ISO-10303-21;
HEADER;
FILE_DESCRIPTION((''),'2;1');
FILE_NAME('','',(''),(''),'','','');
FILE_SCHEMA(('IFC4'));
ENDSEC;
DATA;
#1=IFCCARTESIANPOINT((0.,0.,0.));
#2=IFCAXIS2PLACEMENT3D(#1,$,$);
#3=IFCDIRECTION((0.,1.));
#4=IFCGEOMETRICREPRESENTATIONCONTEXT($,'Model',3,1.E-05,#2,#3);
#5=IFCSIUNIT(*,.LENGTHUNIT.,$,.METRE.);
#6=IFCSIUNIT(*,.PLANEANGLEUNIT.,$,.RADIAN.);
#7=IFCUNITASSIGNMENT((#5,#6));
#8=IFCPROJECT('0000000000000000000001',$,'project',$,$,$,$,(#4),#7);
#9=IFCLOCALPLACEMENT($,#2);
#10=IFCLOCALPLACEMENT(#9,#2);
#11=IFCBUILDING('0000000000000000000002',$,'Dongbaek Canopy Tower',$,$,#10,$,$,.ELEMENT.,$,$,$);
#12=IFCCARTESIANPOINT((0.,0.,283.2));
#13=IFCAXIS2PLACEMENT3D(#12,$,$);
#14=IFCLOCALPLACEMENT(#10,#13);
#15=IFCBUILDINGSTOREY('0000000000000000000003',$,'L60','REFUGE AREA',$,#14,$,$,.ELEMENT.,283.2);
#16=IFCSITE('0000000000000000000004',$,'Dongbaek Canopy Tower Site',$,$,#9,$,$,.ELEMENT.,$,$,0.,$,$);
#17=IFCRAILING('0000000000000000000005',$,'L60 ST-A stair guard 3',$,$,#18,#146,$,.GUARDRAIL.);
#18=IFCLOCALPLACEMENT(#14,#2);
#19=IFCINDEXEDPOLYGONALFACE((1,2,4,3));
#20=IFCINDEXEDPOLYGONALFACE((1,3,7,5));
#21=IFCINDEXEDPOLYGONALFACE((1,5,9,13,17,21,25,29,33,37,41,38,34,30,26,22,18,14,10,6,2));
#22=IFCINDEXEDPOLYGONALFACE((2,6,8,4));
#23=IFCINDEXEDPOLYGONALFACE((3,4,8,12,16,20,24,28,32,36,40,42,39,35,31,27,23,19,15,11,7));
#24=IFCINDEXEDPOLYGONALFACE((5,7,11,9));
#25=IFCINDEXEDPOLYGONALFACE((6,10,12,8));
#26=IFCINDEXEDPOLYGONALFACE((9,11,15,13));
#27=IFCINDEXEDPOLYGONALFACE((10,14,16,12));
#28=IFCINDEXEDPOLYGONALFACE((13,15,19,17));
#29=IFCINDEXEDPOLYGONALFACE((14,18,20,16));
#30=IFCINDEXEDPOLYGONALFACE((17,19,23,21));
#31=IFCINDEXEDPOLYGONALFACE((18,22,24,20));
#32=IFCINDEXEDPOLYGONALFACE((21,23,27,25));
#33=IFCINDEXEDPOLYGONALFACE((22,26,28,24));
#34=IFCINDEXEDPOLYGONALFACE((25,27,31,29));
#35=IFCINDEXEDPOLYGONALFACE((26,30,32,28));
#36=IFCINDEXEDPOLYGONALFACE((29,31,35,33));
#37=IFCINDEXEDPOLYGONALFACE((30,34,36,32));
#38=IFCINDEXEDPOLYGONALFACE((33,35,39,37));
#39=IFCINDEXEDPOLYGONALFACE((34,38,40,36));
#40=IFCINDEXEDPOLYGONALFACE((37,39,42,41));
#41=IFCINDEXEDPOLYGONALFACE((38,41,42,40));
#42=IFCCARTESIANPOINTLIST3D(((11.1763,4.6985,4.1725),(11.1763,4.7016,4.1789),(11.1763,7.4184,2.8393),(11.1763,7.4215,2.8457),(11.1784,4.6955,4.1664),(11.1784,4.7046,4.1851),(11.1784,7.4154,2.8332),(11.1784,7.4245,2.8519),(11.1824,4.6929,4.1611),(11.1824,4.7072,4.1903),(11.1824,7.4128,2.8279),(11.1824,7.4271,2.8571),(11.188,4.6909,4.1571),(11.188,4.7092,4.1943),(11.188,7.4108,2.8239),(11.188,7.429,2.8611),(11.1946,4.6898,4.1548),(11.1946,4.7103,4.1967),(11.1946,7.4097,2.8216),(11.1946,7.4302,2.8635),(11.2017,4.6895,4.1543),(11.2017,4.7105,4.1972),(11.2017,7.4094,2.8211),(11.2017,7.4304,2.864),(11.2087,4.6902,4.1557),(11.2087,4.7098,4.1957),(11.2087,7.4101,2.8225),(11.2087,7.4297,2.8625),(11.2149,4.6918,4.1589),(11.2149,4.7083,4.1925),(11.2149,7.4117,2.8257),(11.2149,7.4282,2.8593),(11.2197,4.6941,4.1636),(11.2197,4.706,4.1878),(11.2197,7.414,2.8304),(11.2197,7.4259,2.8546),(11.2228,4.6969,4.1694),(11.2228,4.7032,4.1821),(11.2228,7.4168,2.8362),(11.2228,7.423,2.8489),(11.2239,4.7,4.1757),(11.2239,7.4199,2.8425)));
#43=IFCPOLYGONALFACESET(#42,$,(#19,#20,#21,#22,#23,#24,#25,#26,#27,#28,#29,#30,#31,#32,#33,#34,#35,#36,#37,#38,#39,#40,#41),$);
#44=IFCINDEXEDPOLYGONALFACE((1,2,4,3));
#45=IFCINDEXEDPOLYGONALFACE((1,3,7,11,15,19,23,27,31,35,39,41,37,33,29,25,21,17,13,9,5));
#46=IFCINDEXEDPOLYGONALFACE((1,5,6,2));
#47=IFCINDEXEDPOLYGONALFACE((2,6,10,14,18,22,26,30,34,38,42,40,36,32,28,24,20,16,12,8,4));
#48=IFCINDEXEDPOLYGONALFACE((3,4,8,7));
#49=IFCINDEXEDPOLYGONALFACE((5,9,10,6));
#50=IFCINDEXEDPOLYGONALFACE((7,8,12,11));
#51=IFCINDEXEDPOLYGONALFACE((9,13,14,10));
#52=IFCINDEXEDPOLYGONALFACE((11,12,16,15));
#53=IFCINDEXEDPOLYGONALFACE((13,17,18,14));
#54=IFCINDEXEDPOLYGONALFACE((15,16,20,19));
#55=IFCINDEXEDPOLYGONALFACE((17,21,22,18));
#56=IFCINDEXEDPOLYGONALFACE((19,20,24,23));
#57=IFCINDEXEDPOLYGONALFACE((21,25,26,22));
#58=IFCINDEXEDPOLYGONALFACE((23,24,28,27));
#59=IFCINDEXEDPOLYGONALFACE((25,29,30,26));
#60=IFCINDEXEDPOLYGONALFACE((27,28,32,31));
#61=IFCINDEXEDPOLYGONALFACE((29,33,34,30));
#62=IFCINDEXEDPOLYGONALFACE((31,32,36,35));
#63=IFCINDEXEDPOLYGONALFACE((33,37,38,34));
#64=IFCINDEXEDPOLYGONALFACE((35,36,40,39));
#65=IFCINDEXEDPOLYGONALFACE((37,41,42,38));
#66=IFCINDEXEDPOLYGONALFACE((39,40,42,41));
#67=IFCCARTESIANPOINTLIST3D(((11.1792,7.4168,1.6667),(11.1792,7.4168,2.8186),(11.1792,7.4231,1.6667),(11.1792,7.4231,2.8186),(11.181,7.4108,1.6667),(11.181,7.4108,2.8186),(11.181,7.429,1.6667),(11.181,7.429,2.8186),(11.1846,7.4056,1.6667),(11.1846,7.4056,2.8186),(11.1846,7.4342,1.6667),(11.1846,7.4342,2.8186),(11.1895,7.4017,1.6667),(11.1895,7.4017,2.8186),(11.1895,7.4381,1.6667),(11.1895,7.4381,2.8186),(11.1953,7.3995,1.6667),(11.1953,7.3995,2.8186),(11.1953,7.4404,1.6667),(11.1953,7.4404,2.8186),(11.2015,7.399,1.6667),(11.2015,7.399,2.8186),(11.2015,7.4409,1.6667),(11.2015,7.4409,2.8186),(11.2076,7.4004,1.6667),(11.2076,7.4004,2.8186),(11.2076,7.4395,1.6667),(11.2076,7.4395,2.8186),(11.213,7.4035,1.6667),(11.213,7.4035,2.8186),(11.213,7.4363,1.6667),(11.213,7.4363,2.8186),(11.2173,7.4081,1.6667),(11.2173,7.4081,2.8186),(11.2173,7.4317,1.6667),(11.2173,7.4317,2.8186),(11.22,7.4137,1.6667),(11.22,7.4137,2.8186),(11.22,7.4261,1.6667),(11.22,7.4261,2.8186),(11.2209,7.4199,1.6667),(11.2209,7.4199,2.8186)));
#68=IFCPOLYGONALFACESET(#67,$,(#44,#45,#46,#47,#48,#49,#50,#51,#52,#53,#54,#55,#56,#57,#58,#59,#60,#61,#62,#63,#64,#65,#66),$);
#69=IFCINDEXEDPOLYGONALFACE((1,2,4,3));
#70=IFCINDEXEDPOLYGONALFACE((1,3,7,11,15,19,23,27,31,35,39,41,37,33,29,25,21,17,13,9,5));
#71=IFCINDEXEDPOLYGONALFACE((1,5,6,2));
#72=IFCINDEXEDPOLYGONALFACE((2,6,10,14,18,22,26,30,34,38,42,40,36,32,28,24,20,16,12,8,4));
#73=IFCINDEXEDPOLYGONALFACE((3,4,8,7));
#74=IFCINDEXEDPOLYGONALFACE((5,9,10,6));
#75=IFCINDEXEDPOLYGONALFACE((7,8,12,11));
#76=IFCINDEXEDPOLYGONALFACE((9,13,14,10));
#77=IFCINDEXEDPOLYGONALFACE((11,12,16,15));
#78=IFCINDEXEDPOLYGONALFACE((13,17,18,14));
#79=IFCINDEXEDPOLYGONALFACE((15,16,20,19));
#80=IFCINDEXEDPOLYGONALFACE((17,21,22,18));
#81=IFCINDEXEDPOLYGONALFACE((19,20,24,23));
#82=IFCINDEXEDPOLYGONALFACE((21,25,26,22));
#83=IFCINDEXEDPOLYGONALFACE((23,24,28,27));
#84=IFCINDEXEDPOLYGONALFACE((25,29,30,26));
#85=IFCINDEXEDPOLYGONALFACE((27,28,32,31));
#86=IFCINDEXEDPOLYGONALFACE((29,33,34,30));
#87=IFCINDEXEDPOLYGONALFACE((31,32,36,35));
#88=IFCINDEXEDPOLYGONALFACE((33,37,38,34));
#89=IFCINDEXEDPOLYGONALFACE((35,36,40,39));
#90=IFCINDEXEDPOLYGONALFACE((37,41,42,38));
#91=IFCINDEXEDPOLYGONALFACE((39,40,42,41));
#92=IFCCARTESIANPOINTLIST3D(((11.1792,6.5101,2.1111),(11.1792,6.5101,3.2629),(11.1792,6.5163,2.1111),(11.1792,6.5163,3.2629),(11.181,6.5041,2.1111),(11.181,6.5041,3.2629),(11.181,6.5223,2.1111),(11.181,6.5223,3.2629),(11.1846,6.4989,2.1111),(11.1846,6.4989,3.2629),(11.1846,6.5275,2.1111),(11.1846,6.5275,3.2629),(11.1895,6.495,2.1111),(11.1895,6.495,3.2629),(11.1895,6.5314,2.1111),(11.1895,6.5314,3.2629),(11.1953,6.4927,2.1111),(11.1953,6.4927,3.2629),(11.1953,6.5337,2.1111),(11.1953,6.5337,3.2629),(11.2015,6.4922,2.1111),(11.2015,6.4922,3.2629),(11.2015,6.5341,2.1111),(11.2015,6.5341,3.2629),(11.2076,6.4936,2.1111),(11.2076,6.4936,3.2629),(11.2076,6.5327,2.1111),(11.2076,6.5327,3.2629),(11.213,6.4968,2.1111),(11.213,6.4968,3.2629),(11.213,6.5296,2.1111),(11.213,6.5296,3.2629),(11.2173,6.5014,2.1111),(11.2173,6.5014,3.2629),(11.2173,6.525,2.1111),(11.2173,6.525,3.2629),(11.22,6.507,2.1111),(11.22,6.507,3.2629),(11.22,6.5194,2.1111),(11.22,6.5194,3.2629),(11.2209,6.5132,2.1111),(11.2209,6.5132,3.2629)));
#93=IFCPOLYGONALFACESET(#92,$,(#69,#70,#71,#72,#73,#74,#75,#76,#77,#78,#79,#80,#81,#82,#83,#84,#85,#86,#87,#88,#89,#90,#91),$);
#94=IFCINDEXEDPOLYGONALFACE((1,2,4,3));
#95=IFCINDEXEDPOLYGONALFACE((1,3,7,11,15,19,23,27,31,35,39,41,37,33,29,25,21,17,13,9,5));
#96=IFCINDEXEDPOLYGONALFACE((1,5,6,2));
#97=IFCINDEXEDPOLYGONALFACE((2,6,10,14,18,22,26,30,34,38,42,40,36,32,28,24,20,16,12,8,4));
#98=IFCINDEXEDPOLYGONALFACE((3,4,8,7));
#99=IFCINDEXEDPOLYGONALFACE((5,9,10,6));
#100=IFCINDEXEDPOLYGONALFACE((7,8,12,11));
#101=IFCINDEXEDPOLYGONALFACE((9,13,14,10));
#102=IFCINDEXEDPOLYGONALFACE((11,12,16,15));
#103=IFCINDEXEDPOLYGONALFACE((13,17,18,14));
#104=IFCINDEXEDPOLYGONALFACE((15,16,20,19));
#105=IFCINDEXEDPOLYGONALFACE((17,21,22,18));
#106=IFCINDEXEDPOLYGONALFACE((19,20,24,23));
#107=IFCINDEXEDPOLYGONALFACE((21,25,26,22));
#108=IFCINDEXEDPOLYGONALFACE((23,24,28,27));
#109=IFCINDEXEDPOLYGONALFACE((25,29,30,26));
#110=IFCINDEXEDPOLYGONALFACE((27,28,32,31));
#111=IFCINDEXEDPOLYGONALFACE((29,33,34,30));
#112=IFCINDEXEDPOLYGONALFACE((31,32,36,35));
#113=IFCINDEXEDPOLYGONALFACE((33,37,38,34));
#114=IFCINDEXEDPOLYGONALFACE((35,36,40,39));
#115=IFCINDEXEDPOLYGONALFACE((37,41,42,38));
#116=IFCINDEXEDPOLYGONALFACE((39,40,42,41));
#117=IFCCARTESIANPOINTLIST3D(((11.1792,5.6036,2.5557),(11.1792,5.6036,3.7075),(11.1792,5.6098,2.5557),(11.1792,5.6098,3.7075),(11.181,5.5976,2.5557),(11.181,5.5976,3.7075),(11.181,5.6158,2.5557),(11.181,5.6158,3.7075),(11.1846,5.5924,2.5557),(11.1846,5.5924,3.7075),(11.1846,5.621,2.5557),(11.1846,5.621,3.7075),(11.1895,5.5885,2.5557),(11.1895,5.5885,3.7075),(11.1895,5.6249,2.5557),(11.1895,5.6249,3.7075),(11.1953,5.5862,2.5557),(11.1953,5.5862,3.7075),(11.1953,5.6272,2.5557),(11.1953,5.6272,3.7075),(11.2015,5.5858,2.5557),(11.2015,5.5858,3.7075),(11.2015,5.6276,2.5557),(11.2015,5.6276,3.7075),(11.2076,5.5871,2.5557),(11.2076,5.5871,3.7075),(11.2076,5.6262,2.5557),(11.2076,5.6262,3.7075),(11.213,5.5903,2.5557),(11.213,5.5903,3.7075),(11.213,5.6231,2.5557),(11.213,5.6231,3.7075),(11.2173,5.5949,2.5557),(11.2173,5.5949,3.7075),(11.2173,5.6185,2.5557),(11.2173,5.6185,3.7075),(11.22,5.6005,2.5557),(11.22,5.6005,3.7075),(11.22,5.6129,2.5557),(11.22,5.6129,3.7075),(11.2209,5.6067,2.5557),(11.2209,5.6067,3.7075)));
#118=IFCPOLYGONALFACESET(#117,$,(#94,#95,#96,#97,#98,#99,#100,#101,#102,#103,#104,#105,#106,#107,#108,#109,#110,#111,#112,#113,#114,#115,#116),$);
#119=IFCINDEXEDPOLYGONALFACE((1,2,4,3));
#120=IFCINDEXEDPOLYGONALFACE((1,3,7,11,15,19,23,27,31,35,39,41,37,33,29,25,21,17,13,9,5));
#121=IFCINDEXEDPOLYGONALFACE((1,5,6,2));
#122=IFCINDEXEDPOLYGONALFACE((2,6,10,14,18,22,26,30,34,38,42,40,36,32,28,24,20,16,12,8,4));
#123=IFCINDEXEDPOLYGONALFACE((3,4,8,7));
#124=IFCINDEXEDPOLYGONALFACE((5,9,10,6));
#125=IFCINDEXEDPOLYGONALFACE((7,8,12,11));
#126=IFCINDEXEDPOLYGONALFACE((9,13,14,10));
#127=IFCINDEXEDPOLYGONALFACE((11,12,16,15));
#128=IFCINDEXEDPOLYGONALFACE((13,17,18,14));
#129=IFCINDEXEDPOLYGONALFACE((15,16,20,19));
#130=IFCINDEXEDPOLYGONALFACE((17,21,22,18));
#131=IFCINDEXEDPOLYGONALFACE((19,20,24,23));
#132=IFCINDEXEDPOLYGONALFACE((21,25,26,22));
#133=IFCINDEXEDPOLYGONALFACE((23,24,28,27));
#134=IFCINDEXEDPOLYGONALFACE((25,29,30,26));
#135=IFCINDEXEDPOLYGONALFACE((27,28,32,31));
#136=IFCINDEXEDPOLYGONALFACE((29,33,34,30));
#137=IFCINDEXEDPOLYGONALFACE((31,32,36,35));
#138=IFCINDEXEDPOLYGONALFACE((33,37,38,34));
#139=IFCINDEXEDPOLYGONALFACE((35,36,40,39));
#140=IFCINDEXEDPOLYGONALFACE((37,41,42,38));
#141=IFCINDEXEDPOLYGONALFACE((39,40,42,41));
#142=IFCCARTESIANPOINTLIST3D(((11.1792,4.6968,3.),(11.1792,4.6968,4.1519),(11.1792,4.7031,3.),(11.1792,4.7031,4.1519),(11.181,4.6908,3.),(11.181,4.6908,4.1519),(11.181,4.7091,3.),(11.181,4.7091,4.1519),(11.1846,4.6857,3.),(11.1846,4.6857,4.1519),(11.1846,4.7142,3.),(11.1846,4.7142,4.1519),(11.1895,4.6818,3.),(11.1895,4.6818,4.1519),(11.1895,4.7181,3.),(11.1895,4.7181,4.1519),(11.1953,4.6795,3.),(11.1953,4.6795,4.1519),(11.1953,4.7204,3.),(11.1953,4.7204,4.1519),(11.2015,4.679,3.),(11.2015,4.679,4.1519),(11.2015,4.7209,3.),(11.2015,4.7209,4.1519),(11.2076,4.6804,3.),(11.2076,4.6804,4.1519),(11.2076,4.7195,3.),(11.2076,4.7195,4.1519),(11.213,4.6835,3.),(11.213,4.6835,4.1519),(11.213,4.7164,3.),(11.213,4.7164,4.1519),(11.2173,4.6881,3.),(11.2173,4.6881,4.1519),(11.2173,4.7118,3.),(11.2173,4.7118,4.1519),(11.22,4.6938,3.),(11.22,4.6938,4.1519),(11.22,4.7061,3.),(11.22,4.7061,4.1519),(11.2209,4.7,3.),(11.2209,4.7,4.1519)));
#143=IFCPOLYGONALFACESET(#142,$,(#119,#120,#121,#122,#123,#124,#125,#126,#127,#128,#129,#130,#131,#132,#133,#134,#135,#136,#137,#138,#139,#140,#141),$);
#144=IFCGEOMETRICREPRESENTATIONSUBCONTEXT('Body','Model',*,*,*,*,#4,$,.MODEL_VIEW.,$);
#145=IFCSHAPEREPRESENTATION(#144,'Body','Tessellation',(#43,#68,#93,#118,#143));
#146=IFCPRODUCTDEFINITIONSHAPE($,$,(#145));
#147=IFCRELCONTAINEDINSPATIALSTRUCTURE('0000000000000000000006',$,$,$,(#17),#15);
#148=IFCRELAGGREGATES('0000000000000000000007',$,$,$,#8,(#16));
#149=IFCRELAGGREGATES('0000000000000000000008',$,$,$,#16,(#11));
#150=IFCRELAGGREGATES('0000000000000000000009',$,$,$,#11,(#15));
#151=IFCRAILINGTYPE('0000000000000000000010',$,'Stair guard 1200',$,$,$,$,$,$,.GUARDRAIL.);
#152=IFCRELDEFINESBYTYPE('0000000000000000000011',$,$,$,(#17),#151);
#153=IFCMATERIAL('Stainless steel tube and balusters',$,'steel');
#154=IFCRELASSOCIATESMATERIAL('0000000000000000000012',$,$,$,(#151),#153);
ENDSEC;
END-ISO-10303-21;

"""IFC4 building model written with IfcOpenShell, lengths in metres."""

from ifc_helpers import new_model, si_unit, direction, frame, origin, origin_2d, place, context, subcontext, project, spatial, circle, extrude, material, type_object, element, save


model = new_model("IFC4")

# Units and contexts
model_context = context("Model", 3, precision=1e-05, world=origin(), true_north=direction((0.0, 1.0)))
body_context = subcontext(model_context, "Body", "Model", "MODEL_VIEW")
ifc_project = project(units=[si_unit("LENGTHUNIT", "METRE"), si_unit("PLANEANGLEUNIT", "RADIAN")], contexts=[model_context])

# Site, building, storey
site_placement = place(None, origin())
site = spatial("IfcSite", under=ifc_project, at=site_placement, Name="Dongbaek Canopy Tower Site", CompositionType="ELEMENT", RefElevation=0.0)
building_placement = place(site_placement, origin())
building = spatial("IfcBuilding", under=site, at=building_placement, Name="Dongbaek Canopy Tower", CompositionType="ELEMENT")
storey_placement = place(building_placement, frame((0.0, 0.0, 283.2)))
storey = spatial("IfcBuildingStorey", under=building, at=storey_placement, Name="L60", Description="REFUGE AREA", CompositionType="ELEMENT", Elevation=283.2)

# Railing
ifc_material_1 = material(Name="Stainless steel tube and balusters", Category="steel")
railing_type_1 = type_object("IfcRailingType", Name="Stair guard 1200", PredefinedType="GUARDRAIL", material=ifc_material_1)
railing_placement = place(storey_placement, frame((11.2, 7.4199, 1.6667)))
element("IfcRailing", 1, at=railing_placement, inside=storey, type_object=railing_type_1, Name="L60 ST-A stair guard 3", PredefinedType="GUARDRAIL", context=body_context, shape_type="SweptSolid", body=[
    extrude(circle(Radius=0.0239, at=origin_2d()), frame((0.0, 0.0, 1.1758), z_axis=(0.0, -0.897929, 0.440139), x_axis=(1.0, 0.0, 0.0)), (0.0, 0.0, 1.0), 3.0291),
    extrude(circle(Radius=0.021, at=origin_2d()), origin(), (0.0, 0.0, 1.0), 1.1519),
    extrude(circle(Radius=0.021, at=origin_2d()), frame((0.0, -0.9067, 0.4443)), (0.0, 0.0, 1.0), 1.1519),
    extrude(circle(Radius=0.021, at=origin_2d()), frame((0.0, -1.8132, 0.8889)), (0.0, 0.0, 1.0), 1.1519),
    extrude(circle(Radius=0.021, at=origin_2d()), frame((0.0, -2.72, 1.3333)), (0.0, 0.0, 1.0), 1.1519),
])

save(model, "model.ifc")
